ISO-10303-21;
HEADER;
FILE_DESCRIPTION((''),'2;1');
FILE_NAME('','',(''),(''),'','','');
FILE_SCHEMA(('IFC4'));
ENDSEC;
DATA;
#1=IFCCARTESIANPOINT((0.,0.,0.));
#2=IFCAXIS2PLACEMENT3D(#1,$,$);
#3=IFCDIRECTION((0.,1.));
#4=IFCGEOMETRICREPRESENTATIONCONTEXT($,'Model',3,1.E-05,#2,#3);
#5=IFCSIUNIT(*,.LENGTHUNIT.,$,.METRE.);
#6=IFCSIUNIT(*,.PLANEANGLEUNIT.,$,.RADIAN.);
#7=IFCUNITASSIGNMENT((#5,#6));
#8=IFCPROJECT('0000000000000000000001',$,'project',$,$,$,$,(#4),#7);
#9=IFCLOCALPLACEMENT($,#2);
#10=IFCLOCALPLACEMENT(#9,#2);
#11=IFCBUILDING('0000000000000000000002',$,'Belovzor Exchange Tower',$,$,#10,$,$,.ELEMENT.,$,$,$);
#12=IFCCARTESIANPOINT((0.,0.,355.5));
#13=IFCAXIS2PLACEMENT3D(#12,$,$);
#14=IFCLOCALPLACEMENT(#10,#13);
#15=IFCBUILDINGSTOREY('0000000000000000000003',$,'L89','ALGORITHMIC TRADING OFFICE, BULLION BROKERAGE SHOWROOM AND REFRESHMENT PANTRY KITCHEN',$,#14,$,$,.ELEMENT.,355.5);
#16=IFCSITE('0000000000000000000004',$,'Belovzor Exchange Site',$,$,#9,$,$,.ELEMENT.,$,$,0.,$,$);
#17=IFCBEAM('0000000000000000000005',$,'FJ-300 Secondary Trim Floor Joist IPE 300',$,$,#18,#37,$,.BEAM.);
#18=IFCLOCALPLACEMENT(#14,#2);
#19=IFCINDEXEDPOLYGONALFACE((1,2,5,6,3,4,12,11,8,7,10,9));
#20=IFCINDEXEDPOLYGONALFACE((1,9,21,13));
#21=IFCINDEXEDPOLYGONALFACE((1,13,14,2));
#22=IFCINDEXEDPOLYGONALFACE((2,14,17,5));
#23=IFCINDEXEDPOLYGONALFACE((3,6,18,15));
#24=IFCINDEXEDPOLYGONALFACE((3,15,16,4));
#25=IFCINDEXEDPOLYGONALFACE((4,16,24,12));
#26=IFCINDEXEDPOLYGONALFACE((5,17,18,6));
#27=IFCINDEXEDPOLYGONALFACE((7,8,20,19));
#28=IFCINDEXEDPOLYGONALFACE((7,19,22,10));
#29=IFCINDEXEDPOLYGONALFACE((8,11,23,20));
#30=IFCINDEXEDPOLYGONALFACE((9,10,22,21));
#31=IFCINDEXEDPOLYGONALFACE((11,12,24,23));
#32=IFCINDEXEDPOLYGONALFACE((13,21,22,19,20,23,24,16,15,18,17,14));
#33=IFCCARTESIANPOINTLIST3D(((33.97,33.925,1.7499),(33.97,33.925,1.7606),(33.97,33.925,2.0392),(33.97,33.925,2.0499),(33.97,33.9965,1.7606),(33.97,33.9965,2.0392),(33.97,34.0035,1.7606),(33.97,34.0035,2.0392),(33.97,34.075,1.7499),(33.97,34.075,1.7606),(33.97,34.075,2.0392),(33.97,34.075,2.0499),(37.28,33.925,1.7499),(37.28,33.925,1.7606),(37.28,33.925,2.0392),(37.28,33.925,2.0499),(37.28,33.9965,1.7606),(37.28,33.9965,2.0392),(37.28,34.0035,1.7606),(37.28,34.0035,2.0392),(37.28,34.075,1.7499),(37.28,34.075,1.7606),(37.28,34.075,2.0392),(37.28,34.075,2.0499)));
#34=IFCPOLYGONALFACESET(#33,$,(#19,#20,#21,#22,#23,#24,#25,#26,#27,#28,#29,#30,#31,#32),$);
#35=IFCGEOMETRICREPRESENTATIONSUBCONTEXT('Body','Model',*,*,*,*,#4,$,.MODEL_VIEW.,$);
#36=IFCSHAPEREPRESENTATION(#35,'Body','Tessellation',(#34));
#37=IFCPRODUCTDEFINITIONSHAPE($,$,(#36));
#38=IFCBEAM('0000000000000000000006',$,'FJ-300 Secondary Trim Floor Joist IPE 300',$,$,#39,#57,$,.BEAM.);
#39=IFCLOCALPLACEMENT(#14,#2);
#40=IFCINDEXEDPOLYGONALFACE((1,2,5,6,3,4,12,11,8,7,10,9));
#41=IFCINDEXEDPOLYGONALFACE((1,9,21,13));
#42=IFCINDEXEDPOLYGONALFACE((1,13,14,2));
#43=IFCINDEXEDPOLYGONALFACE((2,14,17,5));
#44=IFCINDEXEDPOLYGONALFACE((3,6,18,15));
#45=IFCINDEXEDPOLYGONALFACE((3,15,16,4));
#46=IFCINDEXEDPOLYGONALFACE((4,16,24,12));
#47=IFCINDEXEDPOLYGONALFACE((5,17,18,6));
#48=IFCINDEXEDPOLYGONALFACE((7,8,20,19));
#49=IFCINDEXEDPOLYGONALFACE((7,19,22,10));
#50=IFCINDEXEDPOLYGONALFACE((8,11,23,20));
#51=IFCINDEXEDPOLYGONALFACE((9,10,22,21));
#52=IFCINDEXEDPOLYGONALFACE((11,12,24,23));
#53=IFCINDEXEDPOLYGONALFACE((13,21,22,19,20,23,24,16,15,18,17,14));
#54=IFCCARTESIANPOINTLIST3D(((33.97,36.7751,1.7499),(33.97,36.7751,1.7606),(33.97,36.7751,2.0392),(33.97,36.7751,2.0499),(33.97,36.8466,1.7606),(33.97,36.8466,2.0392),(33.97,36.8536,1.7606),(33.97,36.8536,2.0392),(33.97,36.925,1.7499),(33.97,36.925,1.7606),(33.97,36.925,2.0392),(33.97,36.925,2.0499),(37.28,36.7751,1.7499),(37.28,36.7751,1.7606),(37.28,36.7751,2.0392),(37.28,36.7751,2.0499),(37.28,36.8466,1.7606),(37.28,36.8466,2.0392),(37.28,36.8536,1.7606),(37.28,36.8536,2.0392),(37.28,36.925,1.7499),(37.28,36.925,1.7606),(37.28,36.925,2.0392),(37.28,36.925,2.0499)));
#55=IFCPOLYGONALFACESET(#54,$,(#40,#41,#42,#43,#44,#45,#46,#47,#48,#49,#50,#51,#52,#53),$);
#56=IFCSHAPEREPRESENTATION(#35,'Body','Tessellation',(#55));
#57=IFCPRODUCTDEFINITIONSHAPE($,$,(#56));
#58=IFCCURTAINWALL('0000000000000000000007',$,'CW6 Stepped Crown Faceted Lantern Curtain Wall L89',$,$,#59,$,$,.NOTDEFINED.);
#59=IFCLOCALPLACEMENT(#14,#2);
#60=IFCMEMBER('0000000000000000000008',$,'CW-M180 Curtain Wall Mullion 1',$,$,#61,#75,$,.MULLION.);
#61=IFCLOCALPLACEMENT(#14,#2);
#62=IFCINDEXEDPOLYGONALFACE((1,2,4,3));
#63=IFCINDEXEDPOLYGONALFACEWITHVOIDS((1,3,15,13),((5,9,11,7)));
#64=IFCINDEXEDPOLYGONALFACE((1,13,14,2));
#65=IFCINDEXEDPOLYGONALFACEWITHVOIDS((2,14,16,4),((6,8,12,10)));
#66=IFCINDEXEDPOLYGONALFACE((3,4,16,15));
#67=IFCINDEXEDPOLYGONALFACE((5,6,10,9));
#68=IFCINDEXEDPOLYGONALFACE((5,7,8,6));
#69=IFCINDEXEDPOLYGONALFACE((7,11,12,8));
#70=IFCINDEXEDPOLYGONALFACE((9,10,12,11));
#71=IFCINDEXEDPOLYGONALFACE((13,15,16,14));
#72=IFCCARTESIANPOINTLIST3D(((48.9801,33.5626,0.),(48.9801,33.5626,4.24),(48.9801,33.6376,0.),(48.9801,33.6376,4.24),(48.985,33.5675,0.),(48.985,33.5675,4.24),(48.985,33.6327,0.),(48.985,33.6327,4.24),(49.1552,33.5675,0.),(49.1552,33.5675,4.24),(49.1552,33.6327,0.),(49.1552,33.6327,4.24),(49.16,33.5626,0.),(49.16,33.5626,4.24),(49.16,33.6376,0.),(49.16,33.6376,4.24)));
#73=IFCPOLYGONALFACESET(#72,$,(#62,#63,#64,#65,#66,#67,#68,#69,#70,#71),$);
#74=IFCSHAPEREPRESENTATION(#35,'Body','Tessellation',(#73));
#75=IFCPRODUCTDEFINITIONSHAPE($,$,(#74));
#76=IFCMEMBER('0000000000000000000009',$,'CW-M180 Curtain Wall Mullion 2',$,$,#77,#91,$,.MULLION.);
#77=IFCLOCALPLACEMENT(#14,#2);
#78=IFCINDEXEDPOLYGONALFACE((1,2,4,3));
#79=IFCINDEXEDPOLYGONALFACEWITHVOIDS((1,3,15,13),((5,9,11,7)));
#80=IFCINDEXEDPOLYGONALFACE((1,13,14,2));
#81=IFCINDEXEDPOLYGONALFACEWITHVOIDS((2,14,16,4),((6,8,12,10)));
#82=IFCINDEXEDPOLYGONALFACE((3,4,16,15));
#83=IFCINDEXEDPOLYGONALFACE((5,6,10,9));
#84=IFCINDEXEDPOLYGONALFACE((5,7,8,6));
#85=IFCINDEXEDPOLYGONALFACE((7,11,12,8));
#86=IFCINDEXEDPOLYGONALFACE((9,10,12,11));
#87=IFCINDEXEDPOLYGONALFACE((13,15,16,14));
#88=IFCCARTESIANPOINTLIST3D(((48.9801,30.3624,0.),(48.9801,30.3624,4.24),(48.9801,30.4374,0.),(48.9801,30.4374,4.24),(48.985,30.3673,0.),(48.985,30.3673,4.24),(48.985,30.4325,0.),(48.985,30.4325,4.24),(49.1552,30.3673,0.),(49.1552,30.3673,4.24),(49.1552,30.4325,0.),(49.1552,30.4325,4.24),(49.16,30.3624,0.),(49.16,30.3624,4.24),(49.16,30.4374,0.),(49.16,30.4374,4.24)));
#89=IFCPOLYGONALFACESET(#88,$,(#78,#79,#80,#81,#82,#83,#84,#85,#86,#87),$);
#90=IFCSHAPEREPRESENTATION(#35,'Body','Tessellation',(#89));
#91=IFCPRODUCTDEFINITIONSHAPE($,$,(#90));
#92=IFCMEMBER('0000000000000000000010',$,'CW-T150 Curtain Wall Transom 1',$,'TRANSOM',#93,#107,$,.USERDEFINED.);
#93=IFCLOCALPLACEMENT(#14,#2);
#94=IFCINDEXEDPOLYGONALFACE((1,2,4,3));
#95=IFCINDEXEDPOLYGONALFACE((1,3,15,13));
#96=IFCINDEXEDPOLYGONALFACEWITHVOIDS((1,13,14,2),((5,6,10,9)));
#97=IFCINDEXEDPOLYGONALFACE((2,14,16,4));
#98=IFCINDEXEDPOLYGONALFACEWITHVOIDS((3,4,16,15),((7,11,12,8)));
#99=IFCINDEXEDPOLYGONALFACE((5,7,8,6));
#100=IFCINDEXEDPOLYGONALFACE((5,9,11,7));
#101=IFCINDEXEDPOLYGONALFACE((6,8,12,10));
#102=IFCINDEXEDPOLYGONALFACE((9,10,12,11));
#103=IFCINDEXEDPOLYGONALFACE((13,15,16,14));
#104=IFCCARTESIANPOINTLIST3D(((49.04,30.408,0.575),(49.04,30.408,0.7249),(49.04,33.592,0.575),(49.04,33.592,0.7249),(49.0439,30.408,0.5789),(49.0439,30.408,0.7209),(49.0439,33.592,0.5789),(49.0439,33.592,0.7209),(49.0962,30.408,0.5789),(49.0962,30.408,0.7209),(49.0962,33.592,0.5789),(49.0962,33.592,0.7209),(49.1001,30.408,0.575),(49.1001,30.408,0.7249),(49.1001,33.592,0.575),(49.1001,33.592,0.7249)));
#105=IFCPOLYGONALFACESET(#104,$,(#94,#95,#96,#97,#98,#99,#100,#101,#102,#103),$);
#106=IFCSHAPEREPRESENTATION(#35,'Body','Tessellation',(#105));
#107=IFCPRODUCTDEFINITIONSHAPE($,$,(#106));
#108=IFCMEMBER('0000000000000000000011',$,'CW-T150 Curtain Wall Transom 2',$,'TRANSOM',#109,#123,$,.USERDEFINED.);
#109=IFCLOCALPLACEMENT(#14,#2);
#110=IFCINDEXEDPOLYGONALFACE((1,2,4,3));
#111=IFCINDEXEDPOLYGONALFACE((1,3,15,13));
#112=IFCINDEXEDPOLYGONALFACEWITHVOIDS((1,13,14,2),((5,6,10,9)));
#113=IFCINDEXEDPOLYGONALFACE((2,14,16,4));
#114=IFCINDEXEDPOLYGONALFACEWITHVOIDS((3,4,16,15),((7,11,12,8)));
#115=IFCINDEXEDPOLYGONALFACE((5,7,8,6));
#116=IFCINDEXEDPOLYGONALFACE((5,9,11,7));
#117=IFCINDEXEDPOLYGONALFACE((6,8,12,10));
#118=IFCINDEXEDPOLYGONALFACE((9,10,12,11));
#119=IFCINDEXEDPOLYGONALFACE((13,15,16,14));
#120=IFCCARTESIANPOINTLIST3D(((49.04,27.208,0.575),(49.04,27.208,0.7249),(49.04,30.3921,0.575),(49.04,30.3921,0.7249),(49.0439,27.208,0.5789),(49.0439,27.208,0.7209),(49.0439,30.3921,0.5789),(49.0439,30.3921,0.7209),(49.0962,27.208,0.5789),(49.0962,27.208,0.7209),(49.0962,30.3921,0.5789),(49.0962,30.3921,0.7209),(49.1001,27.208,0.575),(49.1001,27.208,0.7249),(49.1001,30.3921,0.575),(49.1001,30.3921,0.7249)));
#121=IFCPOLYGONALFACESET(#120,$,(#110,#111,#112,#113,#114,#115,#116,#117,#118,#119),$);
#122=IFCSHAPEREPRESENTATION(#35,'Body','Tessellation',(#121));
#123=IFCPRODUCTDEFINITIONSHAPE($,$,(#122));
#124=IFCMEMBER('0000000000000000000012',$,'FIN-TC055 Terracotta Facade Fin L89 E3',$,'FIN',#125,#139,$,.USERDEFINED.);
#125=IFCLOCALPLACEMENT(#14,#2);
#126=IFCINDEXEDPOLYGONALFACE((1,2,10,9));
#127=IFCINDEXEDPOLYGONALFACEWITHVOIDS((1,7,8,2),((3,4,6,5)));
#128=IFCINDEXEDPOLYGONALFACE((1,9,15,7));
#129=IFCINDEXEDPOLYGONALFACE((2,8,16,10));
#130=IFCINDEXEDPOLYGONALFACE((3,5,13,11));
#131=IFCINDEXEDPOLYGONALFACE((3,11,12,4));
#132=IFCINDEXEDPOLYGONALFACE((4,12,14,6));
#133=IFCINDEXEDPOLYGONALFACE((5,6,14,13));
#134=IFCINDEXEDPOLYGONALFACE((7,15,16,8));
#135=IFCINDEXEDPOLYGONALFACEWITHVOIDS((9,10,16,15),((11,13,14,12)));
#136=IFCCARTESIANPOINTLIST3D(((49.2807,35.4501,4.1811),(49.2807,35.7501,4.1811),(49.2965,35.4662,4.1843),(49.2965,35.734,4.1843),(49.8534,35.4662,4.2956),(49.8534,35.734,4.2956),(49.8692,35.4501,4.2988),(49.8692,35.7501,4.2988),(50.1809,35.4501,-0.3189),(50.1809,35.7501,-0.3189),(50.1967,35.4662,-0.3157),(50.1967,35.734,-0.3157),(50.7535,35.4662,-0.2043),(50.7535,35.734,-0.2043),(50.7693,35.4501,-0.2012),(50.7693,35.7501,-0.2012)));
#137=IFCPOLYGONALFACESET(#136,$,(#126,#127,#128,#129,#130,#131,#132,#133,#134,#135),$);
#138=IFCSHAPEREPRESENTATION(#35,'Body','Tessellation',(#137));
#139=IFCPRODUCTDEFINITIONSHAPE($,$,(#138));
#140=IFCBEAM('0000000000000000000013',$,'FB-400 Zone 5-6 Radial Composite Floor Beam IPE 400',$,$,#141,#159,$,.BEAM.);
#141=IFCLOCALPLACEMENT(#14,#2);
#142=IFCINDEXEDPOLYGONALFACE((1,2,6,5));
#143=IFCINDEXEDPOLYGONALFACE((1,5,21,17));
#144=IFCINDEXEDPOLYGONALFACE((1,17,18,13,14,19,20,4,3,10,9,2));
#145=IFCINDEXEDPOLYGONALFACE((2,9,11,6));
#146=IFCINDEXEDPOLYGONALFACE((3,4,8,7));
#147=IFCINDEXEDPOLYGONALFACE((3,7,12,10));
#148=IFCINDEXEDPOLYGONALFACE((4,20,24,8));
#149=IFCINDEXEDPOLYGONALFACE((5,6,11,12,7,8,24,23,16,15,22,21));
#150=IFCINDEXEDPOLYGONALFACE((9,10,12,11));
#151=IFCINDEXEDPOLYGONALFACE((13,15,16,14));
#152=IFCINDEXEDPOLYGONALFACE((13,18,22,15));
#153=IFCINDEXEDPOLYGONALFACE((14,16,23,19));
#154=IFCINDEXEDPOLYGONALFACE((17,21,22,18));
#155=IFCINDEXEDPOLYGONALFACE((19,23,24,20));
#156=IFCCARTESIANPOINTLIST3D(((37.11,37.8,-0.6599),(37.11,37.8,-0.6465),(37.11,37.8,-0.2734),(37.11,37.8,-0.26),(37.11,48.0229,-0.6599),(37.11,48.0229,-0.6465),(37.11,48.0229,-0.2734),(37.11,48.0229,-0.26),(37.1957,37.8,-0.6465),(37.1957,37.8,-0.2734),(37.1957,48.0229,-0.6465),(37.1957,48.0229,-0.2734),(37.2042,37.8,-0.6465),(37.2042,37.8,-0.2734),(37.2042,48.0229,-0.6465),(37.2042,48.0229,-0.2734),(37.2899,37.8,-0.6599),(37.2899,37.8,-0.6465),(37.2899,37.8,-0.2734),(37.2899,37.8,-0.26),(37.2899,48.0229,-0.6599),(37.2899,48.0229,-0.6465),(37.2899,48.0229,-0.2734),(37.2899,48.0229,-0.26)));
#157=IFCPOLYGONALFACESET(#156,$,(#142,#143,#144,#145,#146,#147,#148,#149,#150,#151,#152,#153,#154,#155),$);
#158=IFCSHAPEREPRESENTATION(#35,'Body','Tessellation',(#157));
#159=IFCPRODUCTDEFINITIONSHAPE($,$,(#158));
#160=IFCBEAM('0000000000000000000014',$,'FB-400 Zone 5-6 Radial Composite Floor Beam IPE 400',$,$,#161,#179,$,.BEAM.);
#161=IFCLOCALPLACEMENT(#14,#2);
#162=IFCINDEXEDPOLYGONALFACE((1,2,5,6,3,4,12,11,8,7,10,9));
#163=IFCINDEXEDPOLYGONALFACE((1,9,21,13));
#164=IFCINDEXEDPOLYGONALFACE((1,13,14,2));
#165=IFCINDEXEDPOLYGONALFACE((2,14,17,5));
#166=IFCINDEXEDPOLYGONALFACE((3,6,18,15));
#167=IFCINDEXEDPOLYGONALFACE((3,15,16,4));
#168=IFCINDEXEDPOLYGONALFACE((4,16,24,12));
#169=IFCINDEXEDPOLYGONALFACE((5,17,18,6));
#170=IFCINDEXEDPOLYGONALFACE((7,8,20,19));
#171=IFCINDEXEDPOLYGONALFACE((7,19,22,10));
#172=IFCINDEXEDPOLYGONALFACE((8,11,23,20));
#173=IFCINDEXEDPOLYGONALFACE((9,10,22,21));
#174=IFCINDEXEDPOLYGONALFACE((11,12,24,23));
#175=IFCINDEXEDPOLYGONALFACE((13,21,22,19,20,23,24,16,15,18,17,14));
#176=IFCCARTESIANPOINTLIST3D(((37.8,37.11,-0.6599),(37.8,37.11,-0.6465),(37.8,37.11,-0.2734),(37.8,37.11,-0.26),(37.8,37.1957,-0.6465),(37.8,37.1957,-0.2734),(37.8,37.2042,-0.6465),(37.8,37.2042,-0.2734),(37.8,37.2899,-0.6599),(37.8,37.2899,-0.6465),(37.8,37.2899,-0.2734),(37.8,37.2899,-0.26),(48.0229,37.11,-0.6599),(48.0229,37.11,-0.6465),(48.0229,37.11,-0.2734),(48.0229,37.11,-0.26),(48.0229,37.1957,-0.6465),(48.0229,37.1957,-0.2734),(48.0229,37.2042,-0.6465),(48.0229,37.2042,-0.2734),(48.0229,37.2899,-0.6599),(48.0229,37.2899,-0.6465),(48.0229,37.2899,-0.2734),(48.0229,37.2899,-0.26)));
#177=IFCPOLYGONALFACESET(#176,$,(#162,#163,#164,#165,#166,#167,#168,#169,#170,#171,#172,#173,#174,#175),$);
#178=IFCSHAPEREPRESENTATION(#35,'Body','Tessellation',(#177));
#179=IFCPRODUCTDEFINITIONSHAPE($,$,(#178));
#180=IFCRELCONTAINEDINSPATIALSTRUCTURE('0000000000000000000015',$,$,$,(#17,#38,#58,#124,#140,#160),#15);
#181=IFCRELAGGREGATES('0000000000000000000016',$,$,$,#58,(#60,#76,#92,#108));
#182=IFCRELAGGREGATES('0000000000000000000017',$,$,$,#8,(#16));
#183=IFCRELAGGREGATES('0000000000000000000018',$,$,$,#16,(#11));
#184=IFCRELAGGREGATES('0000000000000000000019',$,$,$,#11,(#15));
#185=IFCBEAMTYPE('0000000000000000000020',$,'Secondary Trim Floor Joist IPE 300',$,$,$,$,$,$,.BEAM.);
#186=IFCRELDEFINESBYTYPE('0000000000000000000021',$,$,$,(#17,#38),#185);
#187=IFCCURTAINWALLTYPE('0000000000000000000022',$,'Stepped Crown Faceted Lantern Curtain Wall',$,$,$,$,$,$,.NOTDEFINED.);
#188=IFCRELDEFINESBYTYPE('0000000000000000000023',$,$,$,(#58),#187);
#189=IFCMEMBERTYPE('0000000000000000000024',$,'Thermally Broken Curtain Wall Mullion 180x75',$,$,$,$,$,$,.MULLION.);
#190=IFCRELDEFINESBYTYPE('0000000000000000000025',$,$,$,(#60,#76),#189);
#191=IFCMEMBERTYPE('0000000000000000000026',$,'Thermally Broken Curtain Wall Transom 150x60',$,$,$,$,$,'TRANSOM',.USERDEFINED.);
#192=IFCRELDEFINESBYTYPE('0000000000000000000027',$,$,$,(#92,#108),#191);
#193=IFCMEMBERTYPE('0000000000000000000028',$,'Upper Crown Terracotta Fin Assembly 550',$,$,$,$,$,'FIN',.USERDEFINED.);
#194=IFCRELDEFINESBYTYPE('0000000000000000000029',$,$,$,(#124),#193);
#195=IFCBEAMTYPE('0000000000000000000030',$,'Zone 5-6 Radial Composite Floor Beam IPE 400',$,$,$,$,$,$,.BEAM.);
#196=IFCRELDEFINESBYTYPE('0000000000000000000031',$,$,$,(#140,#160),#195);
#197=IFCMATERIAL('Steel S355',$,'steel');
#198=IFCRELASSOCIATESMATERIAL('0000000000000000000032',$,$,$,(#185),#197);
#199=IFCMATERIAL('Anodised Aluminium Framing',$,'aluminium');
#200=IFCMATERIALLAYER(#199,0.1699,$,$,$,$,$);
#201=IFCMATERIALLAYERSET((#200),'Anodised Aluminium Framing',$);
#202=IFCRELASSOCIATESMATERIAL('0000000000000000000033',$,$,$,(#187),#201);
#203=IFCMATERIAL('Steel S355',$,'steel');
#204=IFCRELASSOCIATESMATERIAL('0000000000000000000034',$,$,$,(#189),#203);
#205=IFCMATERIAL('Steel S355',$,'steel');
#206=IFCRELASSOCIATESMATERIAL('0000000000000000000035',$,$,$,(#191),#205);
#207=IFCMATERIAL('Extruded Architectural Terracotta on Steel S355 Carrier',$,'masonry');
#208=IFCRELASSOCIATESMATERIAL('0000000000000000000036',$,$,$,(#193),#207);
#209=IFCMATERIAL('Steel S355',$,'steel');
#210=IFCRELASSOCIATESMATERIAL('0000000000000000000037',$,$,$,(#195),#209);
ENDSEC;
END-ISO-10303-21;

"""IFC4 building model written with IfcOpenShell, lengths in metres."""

from ifc_helpers import new_model, si_unit, direction, frame, origin, origin_2d, place, context, subcontext, project, spatial, hollow_rectangle, i_section, extrude, material, layer, layer_set, material_profile, profile_set, type_object, element, aggregate, save


model = new_model("IFC4")

# Units and contexts
model_context = context("Model", 3, precision=1e-05, world=origin(), true_north=direction((0.0, 1.0)))
body_context = subcontext(model_context, "Body", "Model", "MODEL_VIEW")
ifc_project = project(units=[si_unit("LENGTHUNIT", "METRE"), si_unit("PLANEANGLEUNIT", "RADIAN")], contexts=[model_context])

# Site, building, storey
site_placement = place(None, origin())
site = spatial("IfcSite", under=ifc_project, at=site_placement, Name="Belovzor Exchange Site", CompositionType="ELEMENT", RefElevation=0.0)
building_placement = place(site_placement, origin())
building = spatial("IfcBuilding", under=site, at=building_placement, Name="Belovzor Exchange Tower", CompositionType="ELEMENT")
storey_placement = place(building_placement, frame((0.0, 0.0, 355.5)))
storey = spatial("IfcBuildingStorey", under=building, at=storey_placement, Name="L89", Description="ALGORITHMIC TRADING OFFICE, BULLION BROKERAGE SHOWROOM AND REFRESHMENT PANTRY KITCHEN", CompositionType="ELEMENT", Elevation=355.5)

# Beams
ifc_material_1 = material(Name="Steel S355", Category="steel")
ifc_material_profile_1 = material_profile(ifc_material_1, i_section(OverallWidth=0.1499, OverallDepth=0.3, WebThickness=0.0071, FlangeThickness=0.0107, at=origin_2d()))
ifc_profile_set_1 = profile_set([ifc_material_profile_1], Name="Steel S355")
beam_type_1 = type_object("IfcBeamType", Name="Secondary Trim Floor Joist IPE 300", PredefinedType="BEAM", material=ifc_profile_set_1)
for number, where, z_axis, x_axis, name in (
    (1, (37.28, 34.0, 1.8999), (-1.0, 0.0, 0.0), (0.0, -1.0, 0.0), "FJ-300 Secondary Trim Floor Joist IPE 300"),
    (2, (37.28, 36.8501, 1.8999), (-1.0, 0.0, 0.0), (0.0, -1.0, 0.0), "FJ-300 Secondary Trim Floor Joist IPE 300"),
):
    element("IfcBeam", number, at=place(storey_placement, frame(where, z_axis=z_axis, x_axis=x_axis)), inside=storey, type_object=beam_type_1, Name=name, PredefinedType="BEAM", context=body_context, shape_type="SweptSolid", body=[
        extrude(i_section(OverallWidth=0.1499, OverallDepth=0.3, WebThickness=0.0071, FlangeThickness=0.0107, at=origin_2d()), origin(), (0.0, 0.0, 1.0), 3.3101),
    ])

# Curtain wall, members
ifc_material_2 = material(Name="Anodised Aluminium Framing", Category="aluminium")
ifc_layer_1 = layer(ifc_material_2, 0.1699)
ifc_layer_set_1 = layer_set([ifc_layer_1], Name="Anodised Aluminium Framing")
curtain_wall_type = type_object("IfcCurtainWallType", Name="Stepped Crown Faceted Lantern Curtain Wall", PredefinedType="NOTDEFINED", material=ifc_layer_set_1)
curtain_wall_placement = place(storey_placement, origin())
curtain_wall = element("IfcCurtainWall", 3, at=curtain_wall_placement, inside=storey, type_object=curtain_wall_type, Name="CW6 Stepped Crown Faceted Lantern Curtain Wall L89", PredefinedType="NOTDEFINED")
ifc_material_3 = material(Name="Steel S355", Category="steel")
ifc_material_profile_2 = material_profile(ifc_material_3, hollow_rectangle(XDim=0.075, YDim=0.1799, WallThickness=0.0049, at=origin_2d()))
ifc_profile_set_2 = profile_set([ifc_material_profile_2], Name="Steel S355")
member_type_1 = type_object("IfcMemberType", Name="Thermally Broken Curtain Wall Mullion 180x75", PredefinedType="MULLION", material=ifc_profile_set_2)
member_1_placement = place(storey_placement, frame((49.0701, 33.6001, 0.0), z_axis=(0.0, 0.0, 1.0), x_axis=(0.0, -1.0, 0.0)))
member_1 = element("IfcMember", 4, at=member_1_placement, type_object=member_type_1, Name="CW-M180 Curtain Wall Mullion 1", PredefinedType="MULLION", context=body_context, shape_type="SweptSolid", body=[
    extrude(hollow_rectangle(XDim=0.075, YDim=0.1799, WallThickness=0.0049, at=origin_2d()), origin(), (0.0, 0.0, 1.0), 4.24),
])
member_2_placement = place(storey_placement, frame((49.0701, 30.3999, 0.0), z_axis=(0.0, 0.0, 1.0), x_axis=(0.0, -1.0, 0.0)))
member_2 = element("IfcMember", 5, at=member_2_placement, type_object=member_type_1, Name="CW-M180 Curtain Wall Mullion 2", PredefinedType="MULLION", context=body_context, shape_type="SweptSolid", body=[
    extrude(hollow_rectangle(XDim=0.075, YDim=0.1799, WallThickness=0.0049, at=origin_2d()), origin(), (0.0, 0.0, 1.0), 4.24),
])
ifc_material_4 = material(Name="Steel S355", Category="steel")
ifc_material_profile_3 = material_profile(ifc_material_4, hollow_rectangle(XDim=0.0601, YDim=0.1499, WallThickness=0.0039, at=origin_2d()))
ifc_profile_set_3 = profile_set([ifc_material_profile_3], Name="Steel S355")
member_type_2 = type_object("IfcMemberType", Name="Thermally Broken Curtain Wall Transom 150x60", ElementType="TRANSOM", PredefinedType="USERDEFINED", material=ifc_profile_set_3)
member_3_placement = place(storey_placement, frame((49.0701, 33.592, 0.6499), z_axis=(0.0, -1.0, 0.0), x_axis=(1.0, 0.0, 0.0)))
member_3 = element("IfcMember", 6, at=member_3_placement, type_object=member_type_2, Name="CW-T150 Curtain Wall Transom 1", ObjectType="TRANSOM", PredefinedType="USERDEFINED", context=body_context, shape_type="SweptSolid", body=[
    extrude(hollow_rectangle(XDim=0.0601, YDim=0.1499, WallThickness=0.0039, at=origin_2d()), origin(), (0.0, 0.0, 1.0), 3.1841),
])
member_4_placement = place(storey_placement, frame((49.0701, 30.3921, 0.6499), z_axis=(0.0, -1.0, 0.0), x_axis=(1.0, 0.0, 0.0)))
member_4 = element("IfcMember", 7, at=member_4_placement, type_object=member_type_2, Name="CW-T150 Curtain Wall Transom 2", ObjectType="TRANSOM", PredefinedType="USERDEFINED", context=body_context, shape_type="SweptSolid", body=[
    extrude(hollow_rectangle(XDim=0.0601, YDim=0.1499, WallThickness=0.0039, at=origin_2d()), origin(), (0.0, 0.0, 1.0), 3.1841),
])

# Member
ifc_material_5 = material(Name="Extruded Architectural Terracotta on Steel S355 Carrier", Category="masonry")
ifc_material_profile_4 = material_profile(ifc_material_5, hollow_rectangle(XDim=0.3, YDim=0.6001, WallThickness=0.0161, at=origin_2d()))
ifc_profile_set_4 = profile_set([ifc_material_profile_4], Name="Extruded Architectural Terracotta on Steel S355 Carrier")
member_type_3 = type_object("IfcMemberType", Name="Upper Crown Terracotta Fin Assembly 550", ElementType="FIN", PredefinedType="USERDEFINED", material=ifc_profile_set_4)
member_5_placement = place(storey_placement, frame((50.4751, 35.6001, -0.26), z_axis=(-0.196147, 0.0, 0.980575), x_axis=(0.0, -1.0, 0.0)))
element("IfcMember", 8, at=member_5_placement, inside=storey, type_object=member_type_3, Name="FIN-TC055 Terracotta Facade Fin L89 E3", ObjectType="FIN", PredefinedType="USERDEFINED", context=body_context, shape_type="SweptSolid", body=[
    extrude(hollow_rectangle(XDim=0.3, YDim=0.6001, WallThickness=0.0161, at=origin_2d()), origin(), (0.0, 0.0, 1.0), 4.5891),
])

# Beams
ifc_material_6 = material(Name="Steel S355", Category="steel")
ifc_material_profile_5 = material_profile(ifc_material_6, i_section(OverallWidth=0.1799, OverallDepth=0.3999, WebThickness=0.0085, FlangeThickness=0.0134, at=origin_2d()))
ifc_profile_set_5 = profile_set([ifc_material_profile_5], Name="Steel S355")
beam_type_2 = type_object("IfcBeamType", Name="Zone 5-6 Radial Composite Floor Beam IPE 400", PredefinedType="BEAM", material=ifc_profile_set_5)
for number, where, z_axis, x_axis, name in (
    (9, (37.2, 37.8, -0.46), (0.0, 1.0, 0.0), (-1.0, 0.0, 0.0), "FB-400 Zone 5-6 Radial Composite Floor Beam IPE 400"),
    (10, (37.8, 37.2, -0.46), (1.0, 0.0, 0.0), (0.0, 1.0, 0.0), "FB-400 Zone 5-6 Radial Composite Floor Beam IPE 400"),
):
    element("IfcBeam", number, at=place(storey_placement, frame(where, z_axis=z_axis, x_axis=x_axis)), inside=storey, type_object=beam_type_2, Name=name, PredefinedType="BEAM", context=body_context, shape_type="SweptSolid", body=[
        extrude(i_section(OverallWidth=0.1799, OverallDepth=0.3999, WebThickness=0.0085, FlangeThickness=0.0134, at=origin_2d()), origin(), (0.0, 0.0, 1.0), 10.2229),
    ])

aggregate(curtain_wall, [member_1, member_2, member_3, member_4])

save(model, "model.ifc")
